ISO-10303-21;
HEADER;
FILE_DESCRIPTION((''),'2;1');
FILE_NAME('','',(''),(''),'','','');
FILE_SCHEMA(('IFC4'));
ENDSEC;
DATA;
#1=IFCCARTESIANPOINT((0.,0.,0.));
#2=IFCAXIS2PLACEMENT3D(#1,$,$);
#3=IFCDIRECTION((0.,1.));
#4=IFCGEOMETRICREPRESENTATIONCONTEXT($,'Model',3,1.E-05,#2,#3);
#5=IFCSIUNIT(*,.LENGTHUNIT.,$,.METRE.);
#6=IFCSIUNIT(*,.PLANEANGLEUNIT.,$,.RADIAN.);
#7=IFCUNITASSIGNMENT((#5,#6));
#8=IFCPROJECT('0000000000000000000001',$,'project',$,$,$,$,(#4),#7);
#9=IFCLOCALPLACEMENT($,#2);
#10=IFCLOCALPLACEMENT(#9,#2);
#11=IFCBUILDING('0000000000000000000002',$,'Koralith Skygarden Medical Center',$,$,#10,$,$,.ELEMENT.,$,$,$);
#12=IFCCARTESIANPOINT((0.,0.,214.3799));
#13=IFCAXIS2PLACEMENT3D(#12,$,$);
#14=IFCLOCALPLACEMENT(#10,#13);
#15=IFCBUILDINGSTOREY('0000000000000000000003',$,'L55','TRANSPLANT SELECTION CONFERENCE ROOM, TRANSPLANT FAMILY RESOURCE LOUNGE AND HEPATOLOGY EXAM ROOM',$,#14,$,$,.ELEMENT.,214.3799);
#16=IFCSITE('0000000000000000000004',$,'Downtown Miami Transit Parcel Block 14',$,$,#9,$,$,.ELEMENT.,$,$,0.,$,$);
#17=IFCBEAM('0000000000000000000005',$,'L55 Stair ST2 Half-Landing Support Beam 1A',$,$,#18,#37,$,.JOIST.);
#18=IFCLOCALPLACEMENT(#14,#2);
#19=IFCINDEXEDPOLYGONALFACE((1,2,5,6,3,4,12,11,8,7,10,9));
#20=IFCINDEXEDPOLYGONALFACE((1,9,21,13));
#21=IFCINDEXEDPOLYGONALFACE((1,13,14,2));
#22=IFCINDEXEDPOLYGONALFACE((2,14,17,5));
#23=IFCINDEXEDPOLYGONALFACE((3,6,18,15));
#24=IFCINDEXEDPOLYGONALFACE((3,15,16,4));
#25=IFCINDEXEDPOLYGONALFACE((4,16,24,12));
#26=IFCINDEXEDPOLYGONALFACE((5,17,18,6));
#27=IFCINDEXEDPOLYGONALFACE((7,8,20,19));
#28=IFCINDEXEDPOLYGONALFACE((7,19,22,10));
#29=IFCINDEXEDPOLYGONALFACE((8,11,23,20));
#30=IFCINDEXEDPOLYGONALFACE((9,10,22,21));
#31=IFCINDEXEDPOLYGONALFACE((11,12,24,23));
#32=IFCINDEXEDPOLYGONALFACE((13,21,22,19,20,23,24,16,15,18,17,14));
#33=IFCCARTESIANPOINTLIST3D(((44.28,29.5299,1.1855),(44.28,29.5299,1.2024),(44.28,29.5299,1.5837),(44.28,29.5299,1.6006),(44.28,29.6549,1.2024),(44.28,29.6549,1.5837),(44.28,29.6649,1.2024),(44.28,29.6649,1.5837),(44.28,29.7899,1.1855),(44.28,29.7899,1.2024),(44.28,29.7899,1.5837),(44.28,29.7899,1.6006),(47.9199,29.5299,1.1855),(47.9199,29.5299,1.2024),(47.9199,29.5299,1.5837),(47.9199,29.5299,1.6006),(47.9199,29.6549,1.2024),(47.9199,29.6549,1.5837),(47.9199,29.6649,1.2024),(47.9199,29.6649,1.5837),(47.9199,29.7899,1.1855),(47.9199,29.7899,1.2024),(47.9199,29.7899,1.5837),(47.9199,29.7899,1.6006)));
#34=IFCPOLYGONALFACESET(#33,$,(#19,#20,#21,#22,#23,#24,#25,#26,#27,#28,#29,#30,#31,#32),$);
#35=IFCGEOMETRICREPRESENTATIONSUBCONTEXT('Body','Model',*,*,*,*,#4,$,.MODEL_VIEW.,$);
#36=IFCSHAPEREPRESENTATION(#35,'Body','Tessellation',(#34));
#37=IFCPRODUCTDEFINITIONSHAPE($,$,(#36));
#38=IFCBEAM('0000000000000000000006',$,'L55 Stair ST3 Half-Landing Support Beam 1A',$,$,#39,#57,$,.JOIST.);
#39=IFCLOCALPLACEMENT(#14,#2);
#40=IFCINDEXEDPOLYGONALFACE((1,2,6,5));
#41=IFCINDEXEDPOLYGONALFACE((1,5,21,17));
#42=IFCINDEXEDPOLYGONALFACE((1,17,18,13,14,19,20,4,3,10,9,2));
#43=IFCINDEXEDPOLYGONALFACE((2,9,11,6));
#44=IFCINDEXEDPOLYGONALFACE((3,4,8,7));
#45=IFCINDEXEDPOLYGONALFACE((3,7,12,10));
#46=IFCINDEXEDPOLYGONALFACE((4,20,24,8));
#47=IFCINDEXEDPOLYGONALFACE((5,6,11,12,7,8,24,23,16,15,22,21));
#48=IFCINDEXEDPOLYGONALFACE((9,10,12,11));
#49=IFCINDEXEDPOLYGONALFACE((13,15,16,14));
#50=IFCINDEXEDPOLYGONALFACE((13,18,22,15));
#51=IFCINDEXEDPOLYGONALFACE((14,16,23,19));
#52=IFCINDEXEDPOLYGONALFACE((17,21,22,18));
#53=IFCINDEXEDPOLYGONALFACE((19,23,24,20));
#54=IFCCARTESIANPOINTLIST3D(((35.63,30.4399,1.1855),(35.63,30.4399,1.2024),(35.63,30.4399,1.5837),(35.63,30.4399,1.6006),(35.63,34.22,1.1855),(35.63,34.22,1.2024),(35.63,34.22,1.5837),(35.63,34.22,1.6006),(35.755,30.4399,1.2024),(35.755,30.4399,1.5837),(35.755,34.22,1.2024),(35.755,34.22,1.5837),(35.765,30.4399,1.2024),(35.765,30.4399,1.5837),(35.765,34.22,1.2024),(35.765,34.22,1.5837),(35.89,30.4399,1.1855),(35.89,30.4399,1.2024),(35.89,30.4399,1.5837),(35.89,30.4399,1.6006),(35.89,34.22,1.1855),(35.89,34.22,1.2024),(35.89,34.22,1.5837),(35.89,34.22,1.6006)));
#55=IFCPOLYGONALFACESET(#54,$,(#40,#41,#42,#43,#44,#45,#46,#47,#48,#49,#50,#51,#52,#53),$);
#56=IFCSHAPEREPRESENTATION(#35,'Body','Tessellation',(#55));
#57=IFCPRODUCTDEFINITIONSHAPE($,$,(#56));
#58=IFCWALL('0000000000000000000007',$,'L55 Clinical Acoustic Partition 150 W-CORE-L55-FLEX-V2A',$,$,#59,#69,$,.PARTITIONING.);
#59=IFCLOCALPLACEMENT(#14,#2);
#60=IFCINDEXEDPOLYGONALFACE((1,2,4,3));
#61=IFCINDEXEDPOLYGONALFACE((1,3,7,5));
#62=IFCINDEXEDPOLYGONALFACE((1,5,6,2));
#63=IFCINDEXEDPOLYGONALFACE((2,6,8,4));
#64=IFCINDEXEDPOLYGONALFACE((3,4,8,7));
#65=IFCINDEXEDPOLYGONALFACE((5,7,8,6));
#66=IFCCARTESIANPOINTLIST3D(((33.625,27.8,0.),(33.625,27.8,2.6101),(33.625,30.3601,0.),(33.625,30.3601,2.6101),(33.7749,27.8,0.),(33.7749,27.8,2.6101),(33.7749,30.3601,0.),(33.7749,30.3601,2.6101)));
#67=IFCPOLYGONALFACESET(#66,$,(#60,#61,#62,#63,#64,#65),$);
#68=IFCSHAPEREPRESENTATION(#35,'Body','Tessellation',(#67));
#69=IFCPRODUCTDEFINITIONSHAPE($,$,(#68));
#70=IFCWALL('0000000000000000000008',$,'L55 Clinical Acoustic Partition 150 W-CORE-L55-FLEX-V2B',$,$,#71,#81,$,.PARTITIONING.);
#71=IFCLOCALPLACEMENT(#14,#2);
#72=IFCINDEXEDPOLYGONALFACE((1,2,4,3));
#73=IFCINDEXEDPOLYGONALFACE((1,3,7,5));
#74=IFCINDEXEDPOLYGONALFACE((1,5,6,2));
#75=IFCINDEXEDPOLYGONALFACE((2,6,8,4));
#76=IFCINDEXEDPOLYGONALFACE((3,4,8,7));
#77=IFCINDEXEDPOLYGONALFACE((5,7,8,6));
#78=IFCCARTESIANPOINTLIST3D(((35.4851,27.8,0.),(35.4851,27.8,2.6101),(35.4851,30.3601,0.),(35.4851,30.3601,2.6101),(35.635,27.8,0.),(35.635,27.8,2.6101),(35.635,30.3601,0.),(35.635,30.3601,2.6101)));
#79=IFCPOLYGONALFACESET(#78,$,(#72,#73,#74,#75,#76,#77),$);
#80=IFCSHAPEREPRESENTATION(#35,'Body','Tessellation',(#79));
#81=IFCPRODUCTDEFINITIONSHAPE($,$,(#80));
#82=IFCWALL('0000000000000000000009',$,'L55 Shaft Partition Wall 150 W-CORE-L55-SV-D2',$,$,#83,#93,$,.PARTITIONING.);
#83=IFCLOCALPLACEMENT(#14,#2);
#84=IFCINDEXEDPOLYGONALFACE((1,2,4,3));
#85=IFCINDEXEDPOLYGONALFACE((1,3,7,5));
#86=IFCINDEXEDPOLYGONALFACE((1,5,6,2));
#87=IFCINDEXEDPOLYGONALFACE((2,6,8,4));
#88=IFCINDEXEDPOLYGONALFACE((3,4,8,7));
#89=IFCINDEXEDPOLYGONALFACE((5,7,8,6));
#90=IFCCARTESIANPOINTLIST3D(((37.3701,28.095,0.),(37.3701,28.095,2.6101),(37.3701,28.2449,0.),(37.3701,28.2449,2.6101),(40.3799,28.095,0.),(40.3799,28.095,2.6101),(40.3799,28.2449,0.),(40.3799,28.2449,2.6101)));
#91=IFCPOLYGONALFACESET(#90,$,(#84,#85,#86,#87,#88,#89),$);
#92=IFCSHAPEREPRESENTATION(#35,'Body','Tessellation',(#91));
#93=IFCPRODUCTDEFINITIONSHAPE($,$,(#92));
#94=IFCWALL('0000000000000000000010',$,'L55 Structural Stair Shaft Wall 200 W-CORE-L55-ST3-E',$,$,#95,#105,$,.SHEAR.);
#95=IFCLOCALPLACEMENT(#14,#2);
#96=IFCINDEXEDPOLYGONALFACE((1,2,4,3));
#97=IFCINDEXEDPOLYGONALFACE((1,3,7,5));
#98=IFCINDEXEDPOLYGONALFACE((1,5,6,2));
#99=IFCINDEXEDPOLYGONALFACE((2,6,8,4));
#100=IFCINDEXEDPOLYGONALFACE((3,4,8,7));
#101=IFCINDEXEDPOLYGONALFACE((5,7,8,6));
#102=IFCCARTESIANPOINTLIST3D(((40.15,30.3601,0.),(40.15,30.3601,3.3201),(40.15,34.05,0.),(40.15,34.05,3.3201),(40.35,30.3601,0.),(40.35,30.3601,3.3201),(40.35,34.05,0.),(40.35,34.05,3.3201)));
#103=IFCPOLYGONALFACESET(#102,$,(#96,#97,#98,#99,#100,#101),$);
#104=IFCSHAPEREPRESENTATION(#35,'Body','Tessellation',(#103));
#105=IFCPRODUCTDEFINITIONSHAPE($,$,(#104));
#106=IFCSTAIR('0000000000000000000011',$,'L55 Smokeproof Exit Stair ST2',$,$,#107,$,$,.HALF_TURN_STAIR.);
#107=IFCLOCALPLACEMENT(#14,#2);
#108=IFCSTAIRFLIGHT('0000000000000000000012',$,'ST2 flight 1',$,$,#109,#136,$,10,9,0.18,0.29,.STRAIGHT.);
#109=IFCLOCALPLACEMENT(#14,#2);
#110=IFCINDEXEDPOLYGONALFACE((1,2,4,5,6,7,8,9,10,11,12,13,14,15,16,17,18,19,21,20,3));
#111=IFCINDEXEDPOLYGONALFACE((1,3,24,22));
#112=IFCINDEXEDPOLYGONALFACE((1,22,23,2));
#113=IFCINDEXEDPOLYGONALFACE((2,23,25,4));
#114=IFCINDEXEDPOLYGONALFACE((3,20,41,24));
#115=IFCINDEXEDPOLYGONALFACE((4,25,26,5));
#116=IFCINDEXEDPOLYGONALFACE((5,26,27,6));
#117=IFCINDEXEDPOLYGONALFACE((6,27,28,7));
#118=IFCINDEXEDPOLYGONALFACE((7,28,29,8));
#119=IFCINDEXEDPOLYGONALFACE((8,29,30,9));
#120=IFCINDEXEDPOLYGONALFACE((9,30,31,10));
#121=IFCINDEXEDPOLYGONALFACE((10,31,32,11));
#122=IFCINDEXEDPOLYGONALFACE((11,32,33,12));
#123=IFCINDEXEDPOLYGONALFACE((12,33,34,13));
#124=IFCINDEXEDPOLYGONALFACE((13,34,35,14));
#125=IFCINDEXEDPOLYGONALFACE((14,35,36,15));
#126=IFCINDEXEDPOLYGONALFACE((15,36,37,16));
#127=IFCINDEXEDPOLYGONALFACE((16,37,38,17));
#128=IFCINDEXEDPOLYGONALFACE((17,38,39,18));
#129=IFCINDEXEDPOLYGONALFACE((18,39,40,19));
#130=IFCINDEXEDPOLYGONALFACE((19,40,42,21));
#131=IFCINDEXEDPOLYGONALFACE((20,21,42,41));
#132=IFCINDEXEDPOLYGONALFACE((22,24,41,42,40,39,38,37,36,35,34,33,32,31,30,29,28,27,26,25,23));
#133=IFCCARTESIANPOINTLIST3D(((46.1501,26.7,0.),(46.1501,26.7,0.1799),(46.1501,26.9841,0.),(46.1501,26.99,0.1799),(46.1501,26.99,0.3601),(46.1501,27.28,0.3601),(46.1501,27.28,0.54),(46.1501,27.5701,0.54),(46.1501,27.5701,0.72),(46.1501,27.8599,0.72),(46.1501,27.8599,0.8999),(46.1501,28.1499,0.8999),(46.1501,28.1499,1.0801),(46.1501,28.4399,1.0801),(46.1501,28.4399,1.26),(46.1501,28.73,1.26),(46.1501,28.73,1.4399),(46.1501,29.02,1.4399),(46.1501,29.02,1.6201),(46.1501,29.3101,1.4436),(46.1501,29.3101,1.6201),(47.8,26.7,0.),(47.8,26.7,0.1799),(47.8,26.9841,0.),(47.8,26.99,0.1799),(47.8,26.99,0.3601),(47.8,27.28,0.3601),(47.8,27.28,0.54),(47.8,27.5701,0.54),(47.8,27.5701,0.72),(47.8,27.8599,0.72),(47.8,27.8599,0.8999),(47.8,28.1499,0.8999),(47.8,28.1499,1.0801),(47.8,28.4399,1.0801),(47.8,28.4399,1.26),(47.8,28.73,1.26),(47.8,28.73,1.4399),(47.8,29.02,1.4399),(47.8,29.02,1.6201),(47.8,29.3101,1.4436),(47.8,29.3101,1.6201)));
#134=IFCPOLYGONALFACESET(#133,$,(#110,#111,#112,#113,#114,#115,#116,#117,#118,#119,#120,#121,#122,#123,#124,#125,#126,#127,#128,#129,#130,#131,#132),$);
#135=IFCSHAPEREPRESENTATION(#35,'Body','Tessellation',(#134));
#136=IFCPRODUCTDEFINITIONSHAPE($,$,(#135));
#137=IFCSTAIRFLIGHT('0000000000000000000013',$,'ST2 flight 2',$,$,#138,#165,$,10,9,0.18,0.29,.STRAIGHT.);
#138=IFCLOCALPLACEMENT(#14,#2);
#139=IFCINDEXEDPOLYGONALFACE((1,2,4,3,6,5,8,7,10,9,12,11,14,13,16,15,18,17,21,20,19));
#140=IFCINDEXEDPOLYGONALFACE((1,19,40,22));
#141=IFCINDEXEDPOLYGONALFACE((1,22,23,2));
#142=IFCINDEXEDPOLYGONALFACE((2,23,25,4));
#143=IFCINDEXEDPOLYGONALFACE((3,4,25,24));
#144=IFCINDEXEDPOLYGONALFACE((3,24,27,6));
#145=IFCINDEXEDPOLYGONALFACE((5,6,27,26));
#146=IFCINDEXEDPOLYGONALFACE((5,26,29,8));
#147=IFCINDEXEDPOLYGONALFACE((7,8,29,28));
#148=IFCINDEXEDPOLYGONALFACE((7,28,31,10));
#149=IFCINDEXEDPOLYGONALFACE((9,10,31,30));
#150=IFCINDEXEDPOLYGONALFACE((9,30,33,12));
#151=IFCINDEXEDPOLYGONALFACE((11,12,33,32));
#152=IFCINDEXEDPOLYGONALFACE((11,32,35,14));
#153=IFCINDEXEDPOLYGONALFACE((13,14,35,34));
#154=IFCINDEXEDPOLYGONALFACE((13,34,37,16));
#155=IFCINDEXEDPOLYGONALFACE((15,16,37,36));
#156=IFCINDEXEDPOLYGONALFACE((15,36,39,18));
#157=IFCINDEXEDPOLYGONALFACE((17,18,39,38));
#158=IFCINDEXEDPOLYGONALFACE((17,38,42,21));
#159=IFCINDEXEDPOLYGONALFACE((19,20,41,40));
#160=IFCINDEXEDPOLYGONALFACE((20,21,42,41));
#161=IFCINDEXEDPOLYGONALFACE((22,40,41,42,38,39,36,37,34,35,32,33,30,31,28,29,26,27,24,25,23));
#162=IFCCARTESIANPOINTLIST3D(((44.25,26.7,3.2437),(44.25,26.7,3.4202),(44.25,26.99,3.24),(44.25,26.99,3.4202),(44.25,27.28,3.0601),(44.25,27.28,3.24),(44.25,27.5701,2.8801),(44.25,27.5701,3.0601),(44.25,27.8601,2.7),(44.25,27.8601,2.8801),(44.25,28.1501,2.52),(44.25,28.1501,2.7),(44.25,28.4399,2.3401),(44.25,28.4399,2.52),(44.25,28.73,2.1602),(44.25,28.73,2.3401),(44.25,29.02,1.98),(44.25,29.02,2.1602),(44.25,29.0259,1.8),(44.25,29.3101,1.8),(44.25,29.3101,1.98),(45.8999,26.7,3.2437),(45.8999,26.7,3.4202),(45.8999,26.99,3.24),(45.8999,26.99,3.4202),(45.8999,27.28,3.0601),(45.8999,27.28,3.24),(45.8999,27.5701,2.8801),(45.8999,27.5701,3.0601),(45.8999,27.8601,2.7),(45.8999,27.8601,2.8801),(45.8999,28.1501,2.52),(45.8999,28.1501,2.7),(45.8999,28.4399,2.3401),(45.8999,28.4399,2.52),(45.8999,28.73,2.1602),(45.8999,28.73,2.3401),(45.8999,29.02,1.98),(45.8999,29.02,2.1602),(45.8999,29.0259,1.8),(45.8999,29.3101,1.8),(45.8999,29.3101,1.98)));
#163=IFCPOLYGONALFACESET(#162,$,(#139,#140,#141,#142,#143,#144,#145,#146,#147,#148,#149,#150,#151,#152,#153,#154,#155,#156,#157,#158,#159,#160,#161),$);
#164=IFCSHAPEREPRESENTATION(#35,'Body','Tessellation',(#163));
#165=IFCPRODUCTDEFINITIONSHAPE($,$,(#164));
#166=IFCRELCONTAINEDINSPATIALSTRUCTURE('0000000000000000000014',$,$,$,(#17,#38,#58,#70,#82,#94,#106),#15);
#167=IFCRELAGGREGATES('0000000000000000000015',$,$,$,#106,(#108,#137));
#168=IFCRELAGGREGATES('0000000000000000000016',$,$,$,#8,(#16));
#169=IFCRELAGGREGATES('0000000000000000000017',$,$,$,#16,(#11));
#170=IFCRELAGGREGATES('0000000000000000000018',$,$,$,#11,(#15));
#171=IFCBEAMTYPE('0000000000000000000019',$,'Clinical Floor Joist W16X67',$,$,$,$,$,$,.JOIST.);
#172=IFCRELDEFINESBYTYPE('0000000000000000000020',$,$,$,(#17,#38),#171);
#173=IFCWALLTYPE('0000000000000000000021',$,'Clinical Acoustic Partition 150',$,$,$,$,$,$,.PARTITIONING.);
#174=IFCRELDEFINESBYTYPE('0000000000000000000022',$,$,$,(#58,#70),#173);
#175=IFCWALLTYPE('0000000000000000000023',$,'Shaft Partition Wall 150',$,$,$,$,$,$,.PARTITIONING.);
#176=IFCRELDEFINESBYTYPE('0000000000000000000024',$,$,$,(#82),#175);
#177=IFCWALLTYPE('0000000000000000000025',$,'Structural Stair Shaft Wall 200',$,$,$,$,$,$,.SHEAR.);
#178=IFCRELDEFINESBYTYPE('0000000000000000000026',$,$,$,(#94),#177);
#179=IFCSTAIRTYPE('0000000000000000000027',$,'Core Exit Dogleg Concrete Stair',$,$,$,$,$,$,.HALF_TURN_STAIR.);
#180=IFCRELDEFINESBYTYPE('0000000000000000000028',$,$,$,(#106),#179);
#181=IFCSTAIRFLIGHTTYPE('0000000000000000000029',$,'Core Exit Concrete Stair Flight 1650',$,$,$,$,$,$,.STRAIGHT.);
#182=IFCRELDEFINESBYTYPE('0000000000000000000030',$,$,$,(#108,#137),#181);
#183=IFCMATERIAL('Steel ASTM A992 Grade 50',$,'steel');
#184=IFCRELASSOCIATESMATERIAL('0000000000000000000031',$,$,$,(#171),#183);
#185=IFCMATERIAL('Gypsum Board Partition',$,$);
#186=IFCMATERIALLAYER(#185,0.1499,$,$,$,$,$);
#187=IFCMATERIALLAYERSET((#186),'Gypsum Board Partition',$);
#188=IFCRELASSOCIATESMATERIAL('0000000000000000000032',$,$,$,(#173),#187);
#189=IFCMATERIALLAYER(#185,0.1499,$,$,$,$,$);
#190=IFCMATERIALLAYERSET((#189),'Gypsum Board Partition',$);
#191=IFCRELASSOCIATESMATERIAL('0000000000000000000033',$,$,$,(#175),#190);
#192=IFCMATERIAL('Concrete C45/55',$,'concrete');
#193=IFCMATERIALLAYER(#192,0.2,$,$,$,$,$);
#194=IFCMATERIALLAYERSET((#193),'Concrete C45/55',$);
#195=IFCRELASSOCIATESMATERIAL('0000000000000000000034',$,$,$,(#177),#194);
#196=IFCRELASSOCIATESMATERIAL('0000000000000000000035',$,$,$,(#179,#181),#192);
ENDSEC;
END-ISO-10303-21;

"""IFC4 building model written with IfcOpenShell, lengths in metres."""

from ifc_helpers import new_model, si_unit, direction, frame, frame_2d, origin, origin_2d, place, context, subcontext, project, spatial, polyline, rectangle, i_section, outline, extrude, material, layer, layer_set, material_profile, profile_set, type_object, element, aggregate, save


model = new_model("IFC4")

# Units and contexts
model_context = context("Model", 3, precision=1e-05, world=origin(), true_north=direction((0.0, 1.0)))
body_context = subcontext(model_context, "Body", "Model", "MODEL_VIEW")
ifc_project = project(units=[si_unit("LENGTHUNIT", "METRE"), si_unit("PLANEANGLEUNIT", "RADIAN")], contexts=[model_context])

# Site, building, storey
site_placement = place(None, origin())
site = spatial("IfcSite", under=ifc_project, at=site_placement, Name="Downtown Miami Transit Parcel Block 14", CompositionType="ELEMENT", RefElevation=0.0)
building_placement = place(site_placement, origin())
building = spatial("IfcBuilding", under=site, at=building_placement, Name="Koralith Skygarden Medical Center", CompositionType="ELEMENT")
storey_placement = place(building_placement, frame((0.0, 0.0, 214.3799)))
storey = spatial("IfcBuildingStorey", under=building, at=storey_placement, Name="L55", Description="TRANSPLANT SELECTION CONFERENCE ROOM, TRANSPLANT FAMILY RESOURCE LOUNGE AND HEPATOLOGY EXAM ROOM", CompositionType="ELEMENT", Elevation=214.3799)

# Beams
ifc_material_1 = material(Name="Steel ASTM A992 Grade 50", Category="steel")
ifc_material_profile = material_profile(ifc_material_1, i_section(OverallWidth=0.26, OverallDepth=0.415, WebThickness=0.01, FlangeThickness=0.0168, at=origin_2d()), Name="W16X67")
ifc_profile_set = profile_set([ifc_material_profile], Name="Steel ASTM A992 Grade 50")
beam_type = type_object("IfcBeamType", Name="Clinical Floor Joist W16X67", PredefinedType="JOIST", material=ifc_profile_set)
beam_1_placement = place(storey_placement, frame((44.28, 29.6599, 1.3931), z_axis=(1.0, 0.0, 0.0), x_axis=(0.0, 1.0, 0.0)))
element("IfcBeam", 1, at=beam_1_placement, inside=storey, type_object=beam_type, Name="L55 Stair ST2 Half-Landing Support Beam 1A", PredefinedType="JOIST", context=body_context, shape_type="SweptSolid", body=[
    extrude(i_section(OverallWidth=0.26, OverallDepth=0.415, WebThickness=0.01, FlangeThickness=0.0168, at=origin_2d()), origin(), (0.0, 0.0, 1.0), 3.6399),
])
beam_2_placement = place(storey_placement, frame((35.76, 30.4399, 1.3931), z_axis=(0.0, 1.0, 0.0), x_axis=(-1.0, 0.0, 0.0)))
element("IfcBeam", 2, at=beam_2_placement, inside=storey, type_object=beam_type, Name="L55 Stair ST3 Half-Landing Support Beam 1A", PredefinedType="JOIST", context=body_context, shape_type="SweptSolid", body=[
    extrude(i_section(OverallWidth=0.26, OverallDepth=0.415, WebThickness=0.01, FlangeThickness=0.0168, at=origin_2d()), origin(), (0.0, 0.0, 1.0), 3.78),
])

# Walls
ifc_material_2 = material(Name="Gypsum Board Partition")
ifc_layer_1 = layer(ifc_material_2, 0.1499)
ifc_layer_set_1 = layer_set([ifc_layer_1], Name="Gypsum Board Partition")
wall_type_1 = type_object("IfcWallType", Name="Clinical Acoustic Partition 150", PredefinedType="PARTITIONING", material=ifc_layer_set_1)
for number, where, z_axis, x_axis, name in (
    (3, (33.7, 27.8, 0.0), (0.0, 0.0, 1.0), (0.0, 1.0, 0.0), "L55 Clinical Acoustic Partition 150 W-CORE-L55-FLEX-V2A"),
    (4, (35.5601, 27.8, 0.0), (0.0, 0.0, 1.0), (0.0, 1.0, 0.0), "L55 Clinical Acoustic Partition 150 W-CORE-L55-FLEX-V2B"),
):
    element("IfcWall", number, at=place(storey_placement, frame(where, z_axis=z_axis, x_axis=x_axis)), inside=storey, type_object=wall_type_1, Name=name, PredefinedType="PARTITIONING", context=body_context, shape_type="SweptSolid", body=[
        extrude(rectangle(XDim=2.5601, YDim=0.1499, at=frame_2d((1.28, 0.0))), origin(), (0.0, 0.0, 1.0), 2.6101),
    ])
ifc_layer_2 = layer(ifc_material_2, 0.1499)
ifc_layer_set_2 = layer_set([ifc_layer_2], Name="Gypsum Board Partition")
wall_type_2 = type_object("IfcWallType", Name="Shaft Partition Wall 150", PredefinedType="PARTITIONING", material=ifc_layer_set_2)
wall_1_placement = place(storey_placement, frame((37.3701, 28.1699, 0.0), z_axis=(0.0, 0.0, 1.0), x_axis=(1.0, 0.0, 0.0)))
element("IfcWall", 5, at=wall_1_placement, inside=storey, type_object=wall_type_2, Name="L55 Shaft Partition Wall 150 W-CORE-L55-SV-D2", PredefinedType="PARTITIONING", context=body_context, shape_type="SweptSolid", body=[
    extrude(rectangle(XDim=3.0098, YDim=0.1499, at=frame_2d((1.5049, 0.0))), origin(), (0.0, 0.0, 1.0), 2.6101),
])
ifc_material_3 = material(Name="Concrete C45/55", Category="concrete")
ifc_layer_3 = layer(ifc_material_3, 0.2)
ifc_layer_set_3 = layer_set([ifc_layer_3], Name="Concrete C45/55")
wall_type_3 = type_object("IfcWallType", Name="Structural Stair Shaft Wall 200", PredefinedType="SHEAR", material=ifc_layer_set_3)
wall_2_placement = place(storey_placement, frame((40.25, 30.3601, 0.0), z_axis=(0.0, 0.0, 1.0), x_axis=(0.0, 1.0, 0.0)))
element("IfcWall", 6, at=wall_2_placement, inside=storey, type_object=wall_type_3, Name="L55 Structural Stair Shaft Wall 200 W-CORE-L55-ST3-E", PredefinedType="SHEAR", context=body_context, shape_type="SweptSolid", body=[
    extrude(rectangle(XDim=3.6899, YDim=0.2, at=frame_2d((1.845, 0.0))), origin(), (0.0, 0.0, 1.0), 3.3201),
])

# Stair, stair flights
stair_type = type_object("IfcStairType", Name="Core Exit Dogleg Concrete Stair", PredefinedType="HALF_TURN_STAIR", material=ifc_material_3)
stair_1_placement = place(storey_placement, origin())
stair_1 = element("IfcStair", 7, at=stair_1_placement, inside=storey, type_object=stair_type, Name="L55 Smokeproof Exit Stair ST2", PredefinedType="HALF_TURN_STAIR")
stair_flight_type = type_object("IfcStairFlightType", Name="Core Exit Concrete Stair Flight 1650", PredefinedType="STRAIGHT", material=ifc_material_3)
stair_flight_1_placement = place(storey_placement, frame((46.9751, 26.7, 0.0), z_axis=(0.0, 0.0, 1.0), x_axis=(0.0, 1.0, 0.0)))
stair_flight_1 = element("IfcStairFlight", 8, at=stair_flight_1_placement, type_object=stair_flight_type, Name="ST2 flight 1", NumberOfRisers=10, NumberOfTreads=9, PredefinedType="STRAIGHT", RiserHeight=0.18, TreadLength=0.29, context=body_context, shape_type="SweptSolid", body=[
    extrude(outline(polyline([(0.0, 0.0), (0.0, 0.1799), (0.29, 0.1799), (0.29, 0.3601), (0.5801, 0.3601), (0.5801, 0.54), (0.8701, 0.54), (0.8701, 0.72), (1.1599, 0.72), (1.1599, 0.8999), (1.45, 0.8999), (1.45, 1.0801), (1.74, 1.0801), (1.74, 1.26), (2.03, 1.26), (2.03, 1.4399), (2.3201, 1.4399), (2.3201, 1.6201), (2.6101, 1.6201), (2.6101, 1.8), (2.6101, 1.4436), (0.2842, 0.0), (0.0, 0.0)])), frame((0.0, 0.825, 0.0), z_axis=(0.0, -1.0, 0.0), x_axis=(1.0, 0.0, 0.0)), (0.0, 0.0, 1.0), 1.6499),
])
stair_flight_2_placement = place(storey_placement, frame((45.075, 29.3101, 1.8), z_axis=(0.0, 0.0, 1.0), x_axis=(0.0, -1.0, 0.0)))
stair_flight_2 = element("IfcStairFlight", 9, at=stair_flight_2_placement, type_object=stair_flight_type, Name="ST2 flight 2", NumberOfRisers=10, NumberOfTreads=9, PredefinedType="STRAIGHT", RiserHeight=0.18, TreadLength=0.29, context=body_context, shape_type="SweptSolid", body=[
    extrude(outline(polyline([(0.0, 0.0), (0.0, 0.1799), (0.29, 0.1799), (0.29, 0.3601), (0.5801, 0.3601), (0.5801, 0.54), (0.8701, 0.54), (0.8701, 0.72), (1.1599, 0.72), (1.1599, 0.8999), (1.45, 0.8999), (1.45, 1.0801), (1.74, 1.0801), (1.74, 1.26), (2.03, 1.26), (2.03, 1.4399), (2.3201, 1.4399), (2.3201, 1.6201), (2.6101, 1.6201), (2.6101, 1.8), (2.6101, 1.4436), (0.2842, 0.0), (0.0, 0.0)])), frame((0.0, 0.825, 0.0), z_axis=(0.0, -1.0, 0.0), x_axis=(1.0, 0.0, 0.0)), (0.0, 0.0, 1.0), 1.6499),
])
aggregate(stair_1, [stair_flight_1, stair_flight_2])

save(model, "model.ifc")
